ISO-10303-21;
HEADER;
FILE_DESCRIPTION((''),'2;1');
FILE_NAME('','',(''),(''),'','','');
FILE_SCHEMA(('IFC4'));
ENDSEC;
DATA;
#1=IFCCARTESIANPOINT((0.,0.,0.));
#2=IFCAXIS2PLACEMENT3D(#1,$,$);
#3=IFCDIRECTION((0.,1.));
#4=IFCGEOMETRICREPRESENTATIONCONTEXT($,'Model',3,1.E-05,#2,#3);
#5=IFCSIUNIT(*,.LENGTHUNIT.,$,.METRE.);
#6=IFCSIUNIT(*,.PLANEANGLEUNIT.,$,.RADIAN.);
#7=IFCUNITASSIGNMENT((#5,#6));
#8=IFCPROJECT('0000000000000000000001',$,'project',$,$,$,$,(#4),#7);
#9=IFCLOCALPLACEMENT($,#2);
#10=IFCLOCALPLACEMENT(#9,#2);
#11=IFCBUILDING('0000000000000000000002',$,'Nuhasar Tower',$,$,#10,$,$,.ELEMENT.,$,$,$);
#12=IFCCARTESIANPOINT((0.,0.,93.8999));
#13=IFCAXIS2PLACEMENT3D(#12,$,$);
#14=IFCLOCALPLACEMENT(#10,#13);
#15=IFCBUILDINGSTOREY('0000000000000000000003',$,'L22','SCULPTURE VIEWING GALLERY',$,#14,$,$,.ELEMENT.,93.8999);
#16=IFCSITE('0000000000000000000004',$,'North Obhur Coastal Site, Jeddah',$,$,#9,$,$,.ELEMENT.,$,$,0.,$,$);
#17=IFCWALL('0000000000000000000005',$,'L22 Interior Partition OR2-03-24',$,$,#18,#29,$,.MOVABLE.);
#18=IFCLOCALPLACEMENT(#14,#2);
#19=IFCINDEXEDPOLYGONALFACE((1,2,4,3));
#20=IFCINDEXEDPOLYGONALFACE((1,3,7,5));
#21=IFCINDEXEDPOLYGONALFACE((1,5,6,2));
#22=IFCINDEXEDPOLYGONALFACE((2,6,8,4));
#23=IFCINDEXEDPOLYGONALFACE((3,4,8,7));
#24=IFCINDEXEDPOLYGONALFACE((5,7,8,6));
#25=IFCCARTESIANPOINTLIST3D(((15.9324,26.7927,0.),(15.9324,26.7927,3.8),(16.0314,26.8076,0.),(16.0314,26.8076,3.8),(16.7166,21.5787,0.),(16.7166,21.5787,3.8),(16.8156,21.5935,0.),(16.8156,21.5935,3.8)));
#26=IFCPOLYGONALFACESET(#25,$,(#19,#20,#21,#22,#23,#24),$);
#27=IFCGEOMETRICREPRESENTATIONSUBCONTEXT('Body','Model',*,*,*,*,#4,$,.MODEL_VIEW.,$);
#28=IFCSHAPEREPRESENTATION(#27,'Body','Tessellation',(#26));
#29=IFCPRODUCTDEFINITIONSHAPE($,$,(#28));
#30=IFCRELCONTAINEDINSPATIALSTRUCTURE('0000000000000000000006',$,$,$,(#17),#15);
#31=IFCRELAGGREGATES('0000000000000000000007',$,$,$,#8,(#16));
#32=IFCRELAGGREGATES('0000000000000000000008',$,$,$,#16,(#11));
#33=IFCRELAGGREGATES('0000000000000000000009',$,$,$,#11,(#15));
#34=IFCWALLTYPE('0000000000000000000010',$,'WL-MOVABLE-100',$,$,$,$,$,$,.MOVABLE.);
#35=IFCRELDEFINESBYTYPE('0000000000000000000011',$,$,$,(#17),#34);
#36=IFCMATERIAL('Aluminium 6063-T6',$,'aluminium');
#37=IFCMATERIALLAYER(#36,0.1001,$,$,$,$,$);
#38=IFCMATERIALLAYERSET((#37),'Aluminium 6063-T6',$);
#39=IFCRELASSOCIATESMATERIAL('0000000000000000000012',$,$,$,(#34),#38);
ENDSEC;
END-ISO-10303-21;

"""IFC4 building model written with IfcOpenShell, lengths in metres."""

from ifc_helpers import new_model, si_unit, direction, frame, frame_2d, origin, place, context, subcontext, project, spatial, rectangle, extrude, material, layer, layer_set, type_object, element, save


model = new_model("IFC4")

# Units and contexts
model_context = context("Model", 3, precision=1e-05, world=origin(), true_north=direction((0.0, 1.0)))
body_context = subcontext(model_context, "Body", "Model", "MODEL_VIEW")
ifc_project = project(units=[si_unit("LENGTHUNIT", "METRE"), si_unit("PLANEANGLEUNIT", "RADIAN")], contexts=[model_context])

# Site, building, storey
site_placement = place(None, origin())
site = spatial("IfcSite", under=ifc_project, at=site_placement, Name="North Obhur Coastal Site, Jeddah", CompositionType="ELEMENT", RefElevation=0.0)
building_placement = place(site_placement, origin())
building = spatial("IfcBuilding", under=site, at=building_placement, Name="Nuhasar Tower", CompositionType="ELEMENT")
storey_placement = place(building_placement, frame((0.0, 0.0, 93.8999)))
storey = spatial("IfcBuildingStorey", under=building, at=storey_placement, Name="L22", Description="SCULPTURE VIEWING GALLERY", CompositionType="ELEMENT", Elevation=93.8999)

# Shared definitions
ifc_material_1 = material(Name="Aluminium 6063-T6", Category="aluminium")

# Shared definitions
ifc_layer_1 = layer(ifc_material_1, 0.1001)
ifc_layer_set_1 = layer_set([ifc_layer_1], Name="Aluminium 6063-T6")
wall_type_1 = type_object("IfcWallType", Name="WL-MOVABLE-100", PredefinedType="MOVABLE", material=ifc_layer_set_1)

# Wall
wall_1_placement = place(storey_placement, frame((15.9819, 26.8, 0.0), z_axis=(0.0, 0.0, 1.0), x_axis=(0.148723, -0.988879, 0.0)))
element("IfcWall", 1, at=wall_1_placement, inside=storey, type_object=wall_type_1, Name="L22 Interior Partition OR2-03-24", PredefinedType="MOVABLE", context=body_context, shape_type="SweptSolid", body=[
    extrude(rectangle(XDim=5.2727, YDim=0.1001, at=frame_2d((2.6362, 0.0))), origin(), (0.0, 0.0, 1.0), 3.8),
])

save(model, "model.ifc")
